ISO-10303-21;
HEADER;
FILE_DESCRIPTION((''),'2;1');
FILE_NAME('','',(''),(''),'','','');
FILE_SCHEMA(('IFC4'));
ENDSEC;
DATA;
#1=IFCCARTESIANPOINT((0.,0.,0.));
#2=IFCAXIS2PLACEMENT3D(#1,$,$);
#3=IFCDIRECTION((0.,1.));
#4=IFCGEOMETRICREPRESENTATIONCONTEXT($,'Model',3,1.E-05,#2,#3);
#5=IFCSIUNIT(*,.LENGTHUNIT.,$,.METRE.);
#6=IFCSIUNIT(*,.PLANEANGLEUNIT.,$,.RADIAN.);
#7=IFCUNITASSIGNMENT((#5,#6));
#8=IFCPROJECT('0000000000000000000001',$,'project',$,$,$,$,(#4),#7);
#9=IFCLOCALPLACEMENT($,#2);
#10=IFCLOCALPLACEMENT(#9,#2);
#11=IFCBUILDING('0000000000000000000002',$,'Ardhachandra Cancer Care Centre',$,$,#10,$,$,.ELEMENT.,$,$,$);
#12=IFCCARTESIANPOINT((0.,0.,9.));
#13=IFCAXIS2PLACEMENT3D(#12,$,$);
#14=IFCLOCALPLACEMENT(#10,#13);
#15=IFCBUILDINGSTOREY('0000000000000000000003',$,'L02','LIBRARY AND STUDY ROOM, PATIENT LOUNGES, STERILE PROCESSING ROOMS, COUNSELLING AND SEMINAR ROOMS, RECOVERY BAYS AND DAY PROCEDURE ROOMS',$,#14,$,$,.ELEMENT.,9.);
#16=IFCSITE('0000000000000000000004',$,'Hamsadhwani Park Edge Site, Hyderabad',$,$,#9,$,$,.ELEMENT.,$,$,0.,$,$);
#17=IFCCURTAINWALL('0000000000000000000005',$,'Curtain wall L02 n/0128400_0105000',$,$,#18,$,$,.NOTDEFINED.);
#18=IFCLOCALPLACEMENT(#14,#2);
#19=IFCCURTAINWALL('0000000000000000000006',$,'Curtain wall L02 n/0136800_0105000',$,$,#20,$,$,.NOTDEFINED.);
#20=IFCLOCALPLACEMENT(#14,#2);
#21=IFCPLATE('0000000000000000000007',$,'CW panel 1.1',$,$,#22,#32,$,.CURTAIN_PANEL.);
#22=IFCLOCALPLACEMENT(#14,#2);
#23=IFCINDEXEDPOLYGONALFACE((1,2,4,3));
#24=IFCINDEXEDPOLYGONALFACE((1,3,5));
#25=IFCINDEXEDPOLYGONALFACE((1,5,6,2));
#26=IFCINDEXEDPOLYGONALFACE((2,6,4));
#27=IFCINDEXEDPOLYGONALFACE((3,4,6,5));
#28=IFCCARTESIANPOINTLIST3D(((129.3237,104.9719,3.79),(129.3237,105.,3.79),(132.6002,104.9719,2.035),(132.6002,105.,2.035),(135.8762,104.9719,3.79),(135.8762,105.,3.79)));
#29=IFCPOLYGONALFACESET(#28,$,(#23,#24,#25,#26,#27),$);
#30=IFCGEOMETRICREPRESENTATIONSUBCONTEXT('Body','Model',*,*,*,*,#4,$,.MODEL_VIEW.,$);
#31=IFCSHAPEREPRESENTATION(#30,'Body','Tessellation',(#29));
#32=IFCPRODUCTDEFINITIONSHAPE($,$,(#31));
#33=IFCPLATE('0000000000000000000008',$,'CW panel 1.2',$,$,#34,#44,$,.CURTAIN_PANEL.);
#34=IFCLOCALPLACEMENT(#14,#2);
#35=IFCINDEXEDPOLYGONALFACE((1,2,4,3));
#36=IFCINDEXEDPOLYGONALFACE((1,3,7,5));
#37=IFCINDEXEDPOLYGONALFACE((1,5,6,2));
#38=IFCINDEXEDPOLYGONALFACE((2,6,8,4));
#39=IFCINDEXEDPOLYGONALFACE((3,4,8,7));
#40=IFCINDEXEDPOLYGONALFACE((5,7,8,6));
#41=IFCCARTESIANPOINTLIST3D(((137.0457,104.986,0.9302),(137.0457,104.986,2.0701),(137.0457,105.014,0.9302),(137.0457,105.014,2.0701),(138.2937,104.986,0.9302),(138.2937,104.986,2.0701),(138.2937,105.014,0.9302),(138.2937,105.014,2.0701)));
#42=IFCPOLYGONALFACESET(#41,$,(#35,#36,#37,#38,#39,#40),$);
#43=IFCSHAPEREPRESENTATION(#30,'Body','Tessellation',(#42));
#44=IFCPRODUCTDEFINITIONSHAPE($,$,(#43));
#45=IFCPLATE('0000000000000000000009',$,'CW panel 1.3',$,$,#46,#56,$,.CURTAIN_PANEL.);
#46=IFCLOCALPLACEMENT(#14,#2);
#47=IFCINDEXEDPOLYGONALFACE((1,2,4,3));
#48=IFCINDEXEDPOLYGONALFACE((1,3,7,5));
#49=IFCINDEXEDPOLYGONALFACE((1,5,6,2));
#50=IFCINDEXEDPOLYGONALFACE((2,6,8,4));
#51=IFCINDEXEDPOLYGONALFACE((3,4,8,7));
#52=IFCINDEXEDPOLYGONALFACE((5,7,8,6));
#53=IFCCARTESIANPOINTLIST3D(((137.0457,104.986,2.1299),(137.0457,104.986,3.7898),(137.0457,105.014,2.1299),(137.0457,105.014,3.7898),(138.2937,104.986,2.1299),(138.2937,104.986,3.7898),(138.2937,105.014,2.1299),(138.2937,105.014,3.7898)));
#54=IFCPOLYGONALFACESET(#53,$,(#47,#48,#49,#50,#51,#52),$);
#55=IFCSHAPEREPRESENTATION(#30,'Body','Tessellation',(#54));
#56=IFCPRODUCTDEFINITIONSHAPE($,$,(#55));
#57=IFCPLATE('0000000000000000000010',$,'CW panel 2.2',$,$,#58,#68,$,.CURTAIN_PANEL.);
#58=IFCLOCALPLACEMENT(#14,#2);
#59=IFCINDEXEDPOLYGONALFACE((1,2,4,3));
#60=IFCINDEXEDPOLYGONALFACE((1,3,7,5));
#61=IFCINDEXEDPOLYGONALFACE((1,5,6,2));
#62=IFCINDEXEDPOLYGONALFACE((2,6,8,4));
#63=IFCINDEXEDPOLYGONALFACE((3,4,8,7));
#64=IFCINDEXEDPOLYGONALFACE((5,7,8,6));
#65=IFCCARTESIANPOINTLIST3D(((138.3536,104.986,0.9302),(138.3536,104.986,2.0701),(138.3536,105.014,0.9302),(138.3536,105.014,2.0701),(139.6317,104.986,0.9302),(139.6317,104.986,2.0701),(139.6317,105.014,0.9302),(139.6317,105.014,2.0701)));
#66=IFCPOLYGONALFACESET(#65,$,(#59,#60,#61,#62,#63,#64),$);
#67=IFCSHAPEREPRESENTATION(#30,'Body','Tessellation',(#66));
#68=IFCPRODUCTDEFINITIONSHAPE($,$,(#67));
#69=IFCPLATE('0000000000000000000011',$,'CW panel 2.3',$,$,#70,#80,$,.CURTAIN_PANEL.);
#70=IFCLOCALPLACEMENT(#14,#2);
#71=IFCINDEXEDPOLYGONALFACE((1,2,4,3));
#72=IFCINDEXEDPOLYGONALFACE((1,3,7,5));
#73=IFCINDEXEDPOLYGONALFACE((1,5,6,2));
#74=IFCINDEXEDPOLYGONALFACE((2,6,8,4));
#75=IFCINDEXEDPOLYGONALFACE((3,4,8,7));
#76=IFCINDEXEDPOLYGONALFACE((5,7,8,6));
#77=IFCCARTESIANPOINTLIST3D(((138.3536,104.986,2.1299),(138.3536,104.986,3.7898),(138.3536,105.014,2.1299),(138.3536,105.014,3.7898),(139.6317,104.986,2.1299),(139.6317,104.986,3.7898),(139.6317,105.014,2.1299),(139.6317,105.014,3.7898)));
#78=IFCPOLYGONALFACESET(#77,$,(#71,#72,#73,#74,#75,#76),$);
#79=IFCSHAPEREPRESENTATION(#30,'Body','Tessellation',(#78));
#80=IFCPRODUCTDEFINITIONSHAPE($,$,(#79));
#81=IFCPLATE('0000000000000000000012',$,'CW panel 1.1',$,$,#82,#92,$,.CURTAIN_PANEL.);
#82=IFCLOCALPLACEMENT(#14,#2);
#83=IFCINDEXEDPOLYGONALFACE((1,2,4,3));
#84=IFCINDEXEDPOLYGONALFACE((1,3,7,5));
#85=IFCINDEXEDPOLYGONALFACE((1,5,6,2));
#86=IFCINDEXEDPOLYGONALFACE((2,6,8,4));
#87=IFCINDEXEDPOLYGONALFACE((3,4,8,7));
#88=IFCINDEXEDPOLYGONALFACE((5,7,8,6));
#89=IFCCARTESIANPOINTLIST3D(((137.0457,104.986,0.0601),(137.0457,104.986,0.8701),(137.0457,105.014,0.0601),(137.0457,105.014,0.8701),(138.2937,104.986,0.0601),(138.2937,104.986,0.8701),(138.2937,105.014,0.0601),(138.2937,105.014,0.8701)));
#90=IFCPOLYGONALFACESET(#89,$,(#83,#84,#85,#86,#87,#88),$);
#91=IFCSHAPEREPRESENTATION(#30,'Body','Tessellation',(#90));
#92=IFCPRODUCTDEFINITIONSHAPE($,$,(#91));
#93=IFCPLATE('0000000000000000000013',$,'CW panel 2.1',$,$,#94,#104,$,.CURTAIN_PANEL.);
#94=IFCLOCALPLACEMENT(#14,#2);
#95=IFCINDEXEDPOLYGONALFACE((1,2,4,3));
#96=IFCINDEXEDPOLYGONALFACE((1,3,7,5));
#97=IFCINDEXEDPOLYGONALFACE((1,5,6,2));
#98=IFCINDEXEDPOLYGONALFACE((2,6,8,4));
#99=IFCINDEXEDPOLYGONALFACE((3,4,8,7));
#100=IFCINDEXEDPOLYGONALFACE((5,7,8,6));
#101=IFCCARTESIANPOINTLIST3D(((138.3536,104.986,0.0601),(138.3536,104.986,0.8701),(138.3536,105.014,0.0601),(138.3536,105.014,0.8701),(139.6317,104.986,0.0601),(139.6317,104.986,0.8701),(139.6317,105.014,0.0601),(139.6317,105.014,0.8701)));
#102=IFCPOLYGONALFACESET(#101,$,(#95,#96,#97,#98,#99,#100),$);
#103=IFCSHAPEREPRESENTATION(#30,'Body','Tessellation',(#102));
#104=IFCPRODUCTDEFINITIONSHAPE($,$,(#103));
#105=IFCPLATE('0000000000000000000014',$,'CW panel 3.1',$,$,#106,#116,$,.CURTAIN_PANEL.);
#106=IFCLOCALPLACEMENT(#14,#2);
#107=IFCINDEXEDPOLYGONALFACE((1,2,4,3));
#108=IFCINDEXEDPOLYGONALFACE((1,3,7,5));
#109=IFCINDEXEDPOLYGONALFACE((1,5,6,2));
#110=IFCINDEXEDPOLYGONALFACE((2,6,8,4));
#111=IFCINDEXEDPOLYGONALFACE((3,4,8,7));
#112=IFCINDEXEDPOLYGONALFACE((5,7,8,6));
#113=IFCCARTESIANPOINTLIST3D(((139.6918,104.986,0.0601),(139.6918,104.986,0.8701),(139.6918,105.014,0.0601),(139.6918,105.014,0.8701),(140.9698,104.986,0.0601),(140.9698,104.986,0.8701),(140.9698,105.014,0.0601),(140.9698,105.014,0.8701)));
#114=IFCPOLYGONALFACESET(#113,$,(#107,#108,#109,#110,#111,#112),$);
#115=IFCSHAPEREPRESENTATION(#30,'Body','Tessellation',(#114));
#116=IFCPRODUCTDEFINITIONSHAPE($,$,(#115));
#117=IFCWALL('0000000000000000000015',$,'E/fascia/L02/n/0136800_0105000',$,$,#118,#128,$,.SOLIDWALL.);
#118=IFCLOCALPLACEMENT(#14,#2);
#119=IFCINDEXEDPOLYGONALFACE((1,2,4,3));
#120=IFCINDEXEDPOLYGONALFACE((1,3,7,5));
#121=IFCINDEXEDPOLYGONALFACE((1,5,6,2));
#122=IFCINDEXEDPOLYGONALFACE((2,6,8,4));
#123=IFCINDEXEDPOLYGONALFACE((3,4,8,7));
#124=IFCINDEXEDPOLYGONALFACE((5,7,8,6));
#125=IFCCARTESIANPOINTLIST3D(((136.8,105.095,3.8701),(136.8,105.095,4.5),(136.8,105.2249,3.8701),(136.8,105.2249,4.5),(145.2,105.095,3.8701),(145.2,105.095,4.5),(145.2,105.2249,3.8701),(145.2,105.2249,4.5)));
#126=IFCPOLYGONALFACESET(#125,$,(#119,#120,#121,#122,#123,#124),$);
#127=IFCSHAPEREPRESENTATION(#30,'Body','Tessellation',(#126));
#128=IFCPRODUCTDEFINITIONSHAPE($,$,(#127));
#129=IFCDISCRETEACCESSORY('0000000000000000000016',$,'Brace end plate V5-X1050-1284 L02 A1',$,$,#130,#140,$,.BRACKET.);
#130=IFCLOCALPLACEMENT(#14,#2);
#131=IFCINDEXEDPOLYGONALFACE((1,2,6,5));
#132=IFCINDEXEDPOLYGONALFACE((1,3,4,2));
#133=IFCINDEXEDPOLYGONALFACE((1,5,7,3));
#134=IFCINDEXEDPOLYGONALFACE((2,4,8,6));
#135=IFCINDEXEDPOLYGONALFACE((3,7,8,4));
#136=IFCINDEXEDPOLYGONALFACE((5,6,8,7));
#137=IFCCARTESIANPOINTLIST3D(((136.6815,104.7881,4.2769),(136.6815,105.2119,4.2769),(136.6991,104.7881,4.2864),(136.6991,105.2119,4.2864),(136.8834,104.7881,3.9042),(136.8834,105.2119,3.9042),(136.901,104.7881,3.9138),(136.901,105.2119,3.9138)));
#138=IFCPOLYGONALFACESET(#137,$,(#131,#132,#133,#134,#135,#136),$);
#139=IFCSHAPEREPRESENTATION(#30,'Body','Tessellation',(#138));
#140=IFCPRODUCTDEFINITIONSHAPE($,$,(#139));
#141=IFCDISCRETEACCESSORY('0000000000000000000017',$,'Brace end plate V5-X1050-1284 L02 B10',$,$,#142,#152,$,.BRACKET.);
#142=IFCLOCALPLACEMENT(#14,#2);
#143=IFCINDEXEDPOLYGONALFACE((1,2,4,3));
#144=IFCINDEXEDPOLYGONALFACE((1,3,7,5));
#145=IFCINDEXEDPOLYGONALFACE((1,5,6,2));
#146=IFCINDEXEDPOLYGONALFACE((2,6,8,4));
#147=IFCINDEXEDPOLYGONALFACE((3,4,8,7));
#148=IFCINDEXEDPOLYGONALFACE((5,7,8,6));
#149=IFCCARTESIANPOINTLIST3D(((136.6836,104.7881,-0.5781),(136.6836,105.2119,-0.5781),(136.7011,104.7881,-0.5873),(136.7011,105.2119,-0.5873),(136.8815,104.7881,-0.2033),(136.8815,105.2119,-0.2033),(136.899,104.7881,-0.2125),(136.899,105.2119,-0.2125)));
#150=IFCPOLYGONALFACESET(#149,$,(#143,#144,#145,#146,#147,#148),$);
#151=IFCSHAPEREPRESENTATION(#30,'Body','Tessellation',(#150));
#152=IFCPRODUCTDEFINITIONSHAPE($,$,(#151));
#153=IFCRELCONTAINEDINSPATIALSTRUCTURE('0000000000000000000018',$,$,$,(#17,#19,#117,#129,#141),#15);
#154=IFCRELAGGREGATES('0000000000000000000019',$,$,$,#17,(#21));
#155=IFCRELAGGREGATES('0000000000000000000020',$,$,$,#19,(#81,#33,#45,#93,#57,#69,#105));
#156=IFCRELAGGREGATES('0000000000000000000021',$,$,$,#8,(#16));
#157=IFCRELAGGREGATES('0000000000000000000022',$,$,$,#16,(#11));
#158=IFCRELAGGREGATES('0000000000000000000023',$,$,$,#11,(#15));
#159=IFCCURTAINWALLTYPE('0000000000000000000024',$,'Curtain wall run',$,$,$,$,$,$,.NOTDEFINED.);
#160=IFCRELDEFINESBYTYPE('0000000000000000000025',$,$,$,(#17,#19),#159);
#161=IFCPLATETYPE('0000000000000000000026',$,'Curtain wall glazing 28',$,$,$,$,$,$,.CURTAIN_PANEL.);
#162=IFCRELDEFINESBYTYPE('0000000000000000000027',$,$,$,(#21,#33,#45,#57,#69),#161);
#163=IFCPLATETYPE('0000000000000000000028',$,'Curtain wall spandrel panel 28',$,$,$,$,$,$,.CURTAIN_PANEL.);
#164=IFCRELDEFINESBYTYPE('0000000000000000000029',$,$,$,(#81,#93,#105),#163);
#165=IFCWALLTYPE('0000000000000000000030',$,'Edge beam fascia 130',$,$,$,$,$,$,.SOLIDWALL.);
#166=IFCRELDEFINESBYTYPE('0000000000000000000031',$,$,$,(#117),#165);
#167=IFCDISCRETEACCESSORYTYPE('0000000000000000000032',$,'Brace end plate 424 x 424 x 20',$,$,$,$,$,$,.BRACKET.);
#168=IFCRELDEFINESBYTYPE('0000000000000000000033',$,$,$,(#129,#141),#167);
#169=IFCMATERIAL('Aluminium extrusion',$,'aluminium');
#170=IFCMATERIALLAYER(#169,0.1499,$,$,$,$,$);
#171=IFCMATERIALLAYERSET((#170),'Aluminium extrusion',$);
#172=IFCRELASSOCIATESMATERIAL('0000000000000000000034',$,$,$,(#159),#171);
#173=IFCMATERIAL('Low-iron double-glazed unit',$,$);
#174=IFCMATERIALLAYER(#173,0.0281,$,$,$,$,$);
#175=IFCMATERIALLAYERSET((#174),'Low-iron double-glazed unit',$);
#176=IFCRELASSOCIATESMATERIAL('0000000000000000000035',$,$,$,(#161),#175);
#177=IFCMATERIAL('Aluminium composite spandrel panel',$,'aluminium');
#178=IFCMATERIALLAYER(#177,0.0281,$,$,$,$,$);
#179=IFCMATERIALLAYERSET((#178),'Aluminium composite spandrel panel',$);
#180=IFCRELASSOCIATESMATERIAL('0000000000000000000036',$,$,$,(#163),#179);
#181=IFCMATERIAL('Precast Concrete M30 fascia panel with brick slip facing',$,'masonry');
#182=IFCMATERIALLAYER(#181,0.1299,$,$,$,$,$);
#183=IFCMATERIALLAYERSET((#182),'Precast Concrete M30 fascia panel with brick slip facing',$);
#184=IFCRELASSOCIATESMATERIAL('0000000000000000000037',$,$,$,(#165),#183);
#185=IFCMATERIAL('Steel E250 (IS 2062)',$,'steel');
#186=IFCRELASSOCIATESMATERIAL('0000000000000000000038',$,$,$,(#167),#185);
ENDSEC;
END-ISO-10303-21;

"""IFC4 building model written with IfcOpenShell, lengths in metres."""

from ifc_helpers import new_model, si_unit, direction, frame, frame_2d, origin, origin_2d, place, context, subcontext, project, spatial, polyline, rectangle, outline, extrude, material, layer, layer_set, material_profile, profile_set, type_object, element, aggregate, save


model = new_model("IFC4")

# Units and contexts
model_context = context("Model", 3, precision=1e-05, world=origin(), true_north=direction((0.0, 1.0)))
body_context = subcontext(model_context, "Body", "Model", "MODEL_VIEW")
ifc_project = project(units=[si_unit("LENGTHUNIT", "METRE"), si_unit("PLANEANGLEUNIT", "RADIAN")], contexts=[model_context])

# Site, building, storey
site_placement = place(None, origin())
site = spatial("IfcSite", under=ifc_project, at=site_placement, Name="Hamsadhwani Park Edge Site, Hyderabad", CompositionType="ELEMENT", RefElevation=0.0)
building_placement = place(site_placement, origin())
building = spatial("IfcBuilding", under=site, at=building_placement, Name="Ardhachandra Cancer Care Centre", CompositionType="ELEMENT")
storey_placement = place(building_placement, frame((0.0, 0.0, 9.0)))
storey = spatial("IfcBuildingStorey", under=building, at=storey_placement, Name="L02", Description="LIBRARY AND STUDY ROOM, PATIENT LOUNGES, STERILE PROCESSING ROOMS, COUNSELLING AND SEMINAR ROOMS, RECOVERY BAYS AND DAY PROCEDURE ROOMS", CompositionType="ELEMENT", Elevation=9.0)

# Curtain wall
ifc_material_1 = material(Name="Aluminium extrusion", Category="aluminium")
ifc_layer_1 = layer(ifc_material_1, 0.1499)
ifc_layer_set_1 = layer_set([ifc_layer_1], Name="Aluminium extrusion")
curtain_wall_type = type_object("IfcCurtainWallType", Name="Curtain wall run", PredefinedType="NOTDEFINED", material=ifc_layer_set_1)
curtain_wall_1_placement = place(storey_placement, origin())
curtain_wall_1 = element("IfcCurtainWall", 1, at=curtain_wall_1_placement, inside=storey, type_object=curtain_wall_type, Name="Curtain wall L02 n/0128400_0105000", PredefinedType="NOTDEFINED")

# Curtain wall
curtain_wall_2_placement = place(storey_placement, origin())
curtain_wall_2 = element("IfcCurtainWall", 2, at=curtain_wall_2_placement, inside=storey, type_object=curtain_wall_type, Name="Curtain wall L02 n/0136800_0105000", PredefinedType="NOTDEFINED")

# Plates
ifc_material_2 = material(Name="Low-iron double-glazed unit")
ifc_layer_2 = layer(ifc_material_2, 0.0281)
ifc_layer_set_2 = layer_set([ifc_layer_2], Name="Low-iron double-glazed unit")
plate_type_1 = type_object("IfcPlateType", Name="Curtain wall glazing 28", PredefinedType="CURTAIN_PANEL", material=ifc_layer_set_2)
plate_1_placement = place(storey_placement, frame((135.8762, 105.0, 3.79), z_axis=(0.0, 1.0, 0.0), x_axis=(-0.881473, 0.0, -0.472234)))
plate_1 = element("IfcPlate", 3, at=plate_1_placement, type_object=plate_type_1, Name="CW panel 1.1", PredefinedType="CURTAIN_PANEL", context=body_context, shape_type="SweptSolid", body=[
    extrude(outline(polyline([(0.0, 0.0), (3.7166, 0.0), (5.7759, 3.0942), (0.0, 0.0)])), frame((0.0, 0.0, -0.0281)), (0.0, 0.0, 1.0), 0.0281),
])
aggregate(curtain_wall_1, [plate_1])
plate_2_placement = place(storey_placement, frame((137.6697, 105.0, 0.9302), z_axis=(0.0, 0.0, 1.0), x_axis=(1.0, 0.0, 0.0)))
plate_2 = element("IfcPlate", 4, at=plate_2_placement, type_object=plate_type_1, Name="CW panel 1.2", PredefinedType="CURTAIN_PANEL", context=body_context, shape_type="SweptSolid", body=[
    extrude(rectangle(XDim=1.248, YDim=0.0281, at=origin_2d()), origin(), (0.0, 0.0, 1.0), 1.1399),
])
plate_3_placement = place(storey_placement, frame((137.6697, 105.0, 2.1299), z_axis=(0.0, 0.0, 1.0), x_axis=(1.0, 0.0, 0.0)))
plate_3 = element("IfcPlate", 5, at=plate_3_placement, type_object=plate_type_1, Name="CW panel 1.3", PredefinedType="CURTAIN_PANEL", context=body_context, shape_type="SweptSolid", body=[
    extrude(rectangle(XDim=1.248, YDim=0.0281, at=origin_2d()), origin(), (0.0, 0.0, 1.0), 1.6599),
])
plate_4_placement = place(storey_placement, frame((138.9927, 105.0, 0.9302), z_axis=(0.0, 0.0, 1.0), x_axis=(1.0, 0.0, 0.0)))
plate_4 = element("IfcPlate", 6, at=plate_4_placement, type_object=plate_type_1, Name="CW panel 2.2", PredefinedType="CURTAIN_PANEL", context=body_context, shape_type="SweptSolid", body=[
    extrude(rectangle(XDim=1.2781, YDim=0.0281, at=origin_2d()), origin(), (0.0, 0.0, 1.0), 1.1399),
])
plate_5_placement = place(storey_placement, frame((138.9927, 105.0, 2.1299), z_axis=(0.0, 0.0, 1.0), x_axis=(1.0, 0.0, 0.0)))
plate_5 = element("IfcPlate", 7, at=plate_5_placement, type_object=plate_type_1, Name="CW panel 2.3", PredefinedType="CURTAIN_PANEL", context=body_context, shape_type="SweptSolid", body=[
    extrude(rectangle(XDim=1.2781, YDim=0.0281, at=origin_2d()), origin(), (0.0, 0.0, 1.0), 1.6599),
])
ifc_material_3 = material(Name="Aluminium composite spandrel panel", Category="aluminium")
ifc_layer_3 = layer(ifc_material_3, 0.0281)
ifc_layer_set_3 = layer_set([ifc_layer_3], Name="Aluminium composite spandrel panel")
plate_type_2 = type_object("IfcPlateType", Name="Curtain wall spandrel panel 28", PredefinedType="CURTAIN_PANEL", material=ifc_layer_set_3)
plate_6_placement = place(storey_placement, frame((137.6697, 105.0, 0.0601), z_axis=(0.0, 0.0, 1.0), x_axis=(1.0, 0.0, 0.0)))
plate_6 = element("IfcPlate", 8, at=plate_6_placement, type_object=plate_type_2, Name="CW panel 1.1", PredefinedType="CURTAIN_PANEL", context=body_context, shape_type="SweptSolid", body=[
    extrude(rectangle(XDim=1.248, YDim=0.0281, at=origin_2d()), origin(), (0.0, 0.0, 1.0), 0.8101),
])
plate_7_placement = place(storey_placement, frame((138.9927, 105.0, 0.0601), z_axis=(0.0, 0.0, 1.0), x_axis=(1.0, 0.0, 0.0)))
plate_7 = element("IfcPlate", 9, at=plate_7_placement, type_object=plate_type_2, Name="CW panel 2.1", PredefinedType="CURTAIN_PANEL", context=body_context, shape_type="SweptSolid", body=[
    extrude(rectangle(XDim=1.2781, YDim=0.0281, at=origin_2d()), origin(), (0.0, 0.0, 1.0), 0.8101),
])
plate_8_placement = place(storey_placement, frame((140.3308, 105.0, 0.0601), z_axis=(0.0, 0.0, 1.0), x_axis=(1.0, 0.0, 0.0)))
plate_8 = element("IfcPlate", 10, at=plate_8_placement, type_object=plate_type_2, Name="CW panel 3.1", PredefinedType="CURTAIN_PANEL", context=body_context, shape_type="SweptSolid", body=[
    extrude(rectangle(XDim=1.2781, YDim=0.0281, at=origin_2d()), origin(), (0.0, 0.0, 1.0), 0.8101),
])
aggregate(curtain_wall_2, [plate_6, plate_2, plate_3, plate_7, plate_4, plate_5, plate_8])

# Wall
ifc_material_4 = material(Name="Precast Concrete M30 fascia panel with brick slip facing", Category="masonry")
ifc_layer_4 = layer(ifc_material_4, 0.1299)
ifc_layer_set_4 = layer_set([ifc_layer_4], Name="Precast Concrete M30 fascia panel with brick slip facing")
wall_type = type_object("IfcWallType", Name="Edge beam fascia 130", PredefinedType="SOLIDWALL", material=ifc_layer_set_4)
wall_placement = place(storey_placement, frame((136.8, 105.1599, 3.8701), z_axis=(0.0, 0.0, 1.0), x_axis=(1.0, 0.0, 0.0)))
element("IfcWall", 11, at=wall_placement, inside=storey, type_object=wall_type, Name="E/fascia/L02/n/0136800_0105000", PredefinedType="SOLIDWALL", context=body_context, shape_type="SweptSolid", body=[
    extrude(rectangle(XDim=8.3999, YDim=0.1299, at=frame_2d((4.2, 0.0))), origin(), (0.0, 0.0, 1.0), 0.6299),
])

# Discrete accessories
ifc_material_5 = material(Name="Steel E250 (IS 2062)", Category="steel")
ifc_material_profile_1 = material_profile(ifc_material_5, rectangle(XDim=0.4238, YDim=0.4238, at=origin_2d()), Name="PL 424x424x20")
ifc_profile_set_1 = profile_set([ifc_material_profile_1], Name="Steel E250 (IS 2062)")
discrete_accessory_type = type_object("IfcDiscreteAccessoryType", Name="Brace end plate 424 x 424 x 20", PredefinedType="BRACKET", material=ifc_profile_set_1)
discrete_accessory_1_placement = place(storey_placement, frame((136.8, 105.0, 4.1001), z_axis=(-0.879292, 0.0, -0.476283), x_axis=(0.0, -1.0, 0.0)))
element("IfcDiscreteAccessory", 12, at=discrete_accessory_1_placement, inside=storey, type_object=discrete_accessory_type, Name="Brace end plate V5-X1050-1284 L02 A1", PredefinedType="BRACKET", context=body_context, shape_type="SweptSolid", body=[
    extrude(rectangle(XDim=0.4238, YDim=0.4238, at=origin_2d()), origin(), (0.0, 0.0, 1.0), 0.02),
])
discrete_accessory_2_placement = place(storey_placement, frame((136.8, 105.0, -0.3999), z_axis=(-0.884385, 0.0, 0.466759), x_axis=(0.0, -1.0, 0.0)))
element("IfcDiscreteAccessory", 13, at=discrete_accessory_2_placement, inside=storey, type_object=discrete_accessory_type, Name="Brace end plate V5-X1050-1284 L02 B10", PredefinedType="BRACKET", context=body_context, shape_type="SweptSolid", body=[
    extrude(rectangle(XDim=0.4238, YDim=0.4238, at=origin_2d()), origin(), (0.0, 0.0, 1.0), 0.0198),
])

save(model, "model.ifc")
